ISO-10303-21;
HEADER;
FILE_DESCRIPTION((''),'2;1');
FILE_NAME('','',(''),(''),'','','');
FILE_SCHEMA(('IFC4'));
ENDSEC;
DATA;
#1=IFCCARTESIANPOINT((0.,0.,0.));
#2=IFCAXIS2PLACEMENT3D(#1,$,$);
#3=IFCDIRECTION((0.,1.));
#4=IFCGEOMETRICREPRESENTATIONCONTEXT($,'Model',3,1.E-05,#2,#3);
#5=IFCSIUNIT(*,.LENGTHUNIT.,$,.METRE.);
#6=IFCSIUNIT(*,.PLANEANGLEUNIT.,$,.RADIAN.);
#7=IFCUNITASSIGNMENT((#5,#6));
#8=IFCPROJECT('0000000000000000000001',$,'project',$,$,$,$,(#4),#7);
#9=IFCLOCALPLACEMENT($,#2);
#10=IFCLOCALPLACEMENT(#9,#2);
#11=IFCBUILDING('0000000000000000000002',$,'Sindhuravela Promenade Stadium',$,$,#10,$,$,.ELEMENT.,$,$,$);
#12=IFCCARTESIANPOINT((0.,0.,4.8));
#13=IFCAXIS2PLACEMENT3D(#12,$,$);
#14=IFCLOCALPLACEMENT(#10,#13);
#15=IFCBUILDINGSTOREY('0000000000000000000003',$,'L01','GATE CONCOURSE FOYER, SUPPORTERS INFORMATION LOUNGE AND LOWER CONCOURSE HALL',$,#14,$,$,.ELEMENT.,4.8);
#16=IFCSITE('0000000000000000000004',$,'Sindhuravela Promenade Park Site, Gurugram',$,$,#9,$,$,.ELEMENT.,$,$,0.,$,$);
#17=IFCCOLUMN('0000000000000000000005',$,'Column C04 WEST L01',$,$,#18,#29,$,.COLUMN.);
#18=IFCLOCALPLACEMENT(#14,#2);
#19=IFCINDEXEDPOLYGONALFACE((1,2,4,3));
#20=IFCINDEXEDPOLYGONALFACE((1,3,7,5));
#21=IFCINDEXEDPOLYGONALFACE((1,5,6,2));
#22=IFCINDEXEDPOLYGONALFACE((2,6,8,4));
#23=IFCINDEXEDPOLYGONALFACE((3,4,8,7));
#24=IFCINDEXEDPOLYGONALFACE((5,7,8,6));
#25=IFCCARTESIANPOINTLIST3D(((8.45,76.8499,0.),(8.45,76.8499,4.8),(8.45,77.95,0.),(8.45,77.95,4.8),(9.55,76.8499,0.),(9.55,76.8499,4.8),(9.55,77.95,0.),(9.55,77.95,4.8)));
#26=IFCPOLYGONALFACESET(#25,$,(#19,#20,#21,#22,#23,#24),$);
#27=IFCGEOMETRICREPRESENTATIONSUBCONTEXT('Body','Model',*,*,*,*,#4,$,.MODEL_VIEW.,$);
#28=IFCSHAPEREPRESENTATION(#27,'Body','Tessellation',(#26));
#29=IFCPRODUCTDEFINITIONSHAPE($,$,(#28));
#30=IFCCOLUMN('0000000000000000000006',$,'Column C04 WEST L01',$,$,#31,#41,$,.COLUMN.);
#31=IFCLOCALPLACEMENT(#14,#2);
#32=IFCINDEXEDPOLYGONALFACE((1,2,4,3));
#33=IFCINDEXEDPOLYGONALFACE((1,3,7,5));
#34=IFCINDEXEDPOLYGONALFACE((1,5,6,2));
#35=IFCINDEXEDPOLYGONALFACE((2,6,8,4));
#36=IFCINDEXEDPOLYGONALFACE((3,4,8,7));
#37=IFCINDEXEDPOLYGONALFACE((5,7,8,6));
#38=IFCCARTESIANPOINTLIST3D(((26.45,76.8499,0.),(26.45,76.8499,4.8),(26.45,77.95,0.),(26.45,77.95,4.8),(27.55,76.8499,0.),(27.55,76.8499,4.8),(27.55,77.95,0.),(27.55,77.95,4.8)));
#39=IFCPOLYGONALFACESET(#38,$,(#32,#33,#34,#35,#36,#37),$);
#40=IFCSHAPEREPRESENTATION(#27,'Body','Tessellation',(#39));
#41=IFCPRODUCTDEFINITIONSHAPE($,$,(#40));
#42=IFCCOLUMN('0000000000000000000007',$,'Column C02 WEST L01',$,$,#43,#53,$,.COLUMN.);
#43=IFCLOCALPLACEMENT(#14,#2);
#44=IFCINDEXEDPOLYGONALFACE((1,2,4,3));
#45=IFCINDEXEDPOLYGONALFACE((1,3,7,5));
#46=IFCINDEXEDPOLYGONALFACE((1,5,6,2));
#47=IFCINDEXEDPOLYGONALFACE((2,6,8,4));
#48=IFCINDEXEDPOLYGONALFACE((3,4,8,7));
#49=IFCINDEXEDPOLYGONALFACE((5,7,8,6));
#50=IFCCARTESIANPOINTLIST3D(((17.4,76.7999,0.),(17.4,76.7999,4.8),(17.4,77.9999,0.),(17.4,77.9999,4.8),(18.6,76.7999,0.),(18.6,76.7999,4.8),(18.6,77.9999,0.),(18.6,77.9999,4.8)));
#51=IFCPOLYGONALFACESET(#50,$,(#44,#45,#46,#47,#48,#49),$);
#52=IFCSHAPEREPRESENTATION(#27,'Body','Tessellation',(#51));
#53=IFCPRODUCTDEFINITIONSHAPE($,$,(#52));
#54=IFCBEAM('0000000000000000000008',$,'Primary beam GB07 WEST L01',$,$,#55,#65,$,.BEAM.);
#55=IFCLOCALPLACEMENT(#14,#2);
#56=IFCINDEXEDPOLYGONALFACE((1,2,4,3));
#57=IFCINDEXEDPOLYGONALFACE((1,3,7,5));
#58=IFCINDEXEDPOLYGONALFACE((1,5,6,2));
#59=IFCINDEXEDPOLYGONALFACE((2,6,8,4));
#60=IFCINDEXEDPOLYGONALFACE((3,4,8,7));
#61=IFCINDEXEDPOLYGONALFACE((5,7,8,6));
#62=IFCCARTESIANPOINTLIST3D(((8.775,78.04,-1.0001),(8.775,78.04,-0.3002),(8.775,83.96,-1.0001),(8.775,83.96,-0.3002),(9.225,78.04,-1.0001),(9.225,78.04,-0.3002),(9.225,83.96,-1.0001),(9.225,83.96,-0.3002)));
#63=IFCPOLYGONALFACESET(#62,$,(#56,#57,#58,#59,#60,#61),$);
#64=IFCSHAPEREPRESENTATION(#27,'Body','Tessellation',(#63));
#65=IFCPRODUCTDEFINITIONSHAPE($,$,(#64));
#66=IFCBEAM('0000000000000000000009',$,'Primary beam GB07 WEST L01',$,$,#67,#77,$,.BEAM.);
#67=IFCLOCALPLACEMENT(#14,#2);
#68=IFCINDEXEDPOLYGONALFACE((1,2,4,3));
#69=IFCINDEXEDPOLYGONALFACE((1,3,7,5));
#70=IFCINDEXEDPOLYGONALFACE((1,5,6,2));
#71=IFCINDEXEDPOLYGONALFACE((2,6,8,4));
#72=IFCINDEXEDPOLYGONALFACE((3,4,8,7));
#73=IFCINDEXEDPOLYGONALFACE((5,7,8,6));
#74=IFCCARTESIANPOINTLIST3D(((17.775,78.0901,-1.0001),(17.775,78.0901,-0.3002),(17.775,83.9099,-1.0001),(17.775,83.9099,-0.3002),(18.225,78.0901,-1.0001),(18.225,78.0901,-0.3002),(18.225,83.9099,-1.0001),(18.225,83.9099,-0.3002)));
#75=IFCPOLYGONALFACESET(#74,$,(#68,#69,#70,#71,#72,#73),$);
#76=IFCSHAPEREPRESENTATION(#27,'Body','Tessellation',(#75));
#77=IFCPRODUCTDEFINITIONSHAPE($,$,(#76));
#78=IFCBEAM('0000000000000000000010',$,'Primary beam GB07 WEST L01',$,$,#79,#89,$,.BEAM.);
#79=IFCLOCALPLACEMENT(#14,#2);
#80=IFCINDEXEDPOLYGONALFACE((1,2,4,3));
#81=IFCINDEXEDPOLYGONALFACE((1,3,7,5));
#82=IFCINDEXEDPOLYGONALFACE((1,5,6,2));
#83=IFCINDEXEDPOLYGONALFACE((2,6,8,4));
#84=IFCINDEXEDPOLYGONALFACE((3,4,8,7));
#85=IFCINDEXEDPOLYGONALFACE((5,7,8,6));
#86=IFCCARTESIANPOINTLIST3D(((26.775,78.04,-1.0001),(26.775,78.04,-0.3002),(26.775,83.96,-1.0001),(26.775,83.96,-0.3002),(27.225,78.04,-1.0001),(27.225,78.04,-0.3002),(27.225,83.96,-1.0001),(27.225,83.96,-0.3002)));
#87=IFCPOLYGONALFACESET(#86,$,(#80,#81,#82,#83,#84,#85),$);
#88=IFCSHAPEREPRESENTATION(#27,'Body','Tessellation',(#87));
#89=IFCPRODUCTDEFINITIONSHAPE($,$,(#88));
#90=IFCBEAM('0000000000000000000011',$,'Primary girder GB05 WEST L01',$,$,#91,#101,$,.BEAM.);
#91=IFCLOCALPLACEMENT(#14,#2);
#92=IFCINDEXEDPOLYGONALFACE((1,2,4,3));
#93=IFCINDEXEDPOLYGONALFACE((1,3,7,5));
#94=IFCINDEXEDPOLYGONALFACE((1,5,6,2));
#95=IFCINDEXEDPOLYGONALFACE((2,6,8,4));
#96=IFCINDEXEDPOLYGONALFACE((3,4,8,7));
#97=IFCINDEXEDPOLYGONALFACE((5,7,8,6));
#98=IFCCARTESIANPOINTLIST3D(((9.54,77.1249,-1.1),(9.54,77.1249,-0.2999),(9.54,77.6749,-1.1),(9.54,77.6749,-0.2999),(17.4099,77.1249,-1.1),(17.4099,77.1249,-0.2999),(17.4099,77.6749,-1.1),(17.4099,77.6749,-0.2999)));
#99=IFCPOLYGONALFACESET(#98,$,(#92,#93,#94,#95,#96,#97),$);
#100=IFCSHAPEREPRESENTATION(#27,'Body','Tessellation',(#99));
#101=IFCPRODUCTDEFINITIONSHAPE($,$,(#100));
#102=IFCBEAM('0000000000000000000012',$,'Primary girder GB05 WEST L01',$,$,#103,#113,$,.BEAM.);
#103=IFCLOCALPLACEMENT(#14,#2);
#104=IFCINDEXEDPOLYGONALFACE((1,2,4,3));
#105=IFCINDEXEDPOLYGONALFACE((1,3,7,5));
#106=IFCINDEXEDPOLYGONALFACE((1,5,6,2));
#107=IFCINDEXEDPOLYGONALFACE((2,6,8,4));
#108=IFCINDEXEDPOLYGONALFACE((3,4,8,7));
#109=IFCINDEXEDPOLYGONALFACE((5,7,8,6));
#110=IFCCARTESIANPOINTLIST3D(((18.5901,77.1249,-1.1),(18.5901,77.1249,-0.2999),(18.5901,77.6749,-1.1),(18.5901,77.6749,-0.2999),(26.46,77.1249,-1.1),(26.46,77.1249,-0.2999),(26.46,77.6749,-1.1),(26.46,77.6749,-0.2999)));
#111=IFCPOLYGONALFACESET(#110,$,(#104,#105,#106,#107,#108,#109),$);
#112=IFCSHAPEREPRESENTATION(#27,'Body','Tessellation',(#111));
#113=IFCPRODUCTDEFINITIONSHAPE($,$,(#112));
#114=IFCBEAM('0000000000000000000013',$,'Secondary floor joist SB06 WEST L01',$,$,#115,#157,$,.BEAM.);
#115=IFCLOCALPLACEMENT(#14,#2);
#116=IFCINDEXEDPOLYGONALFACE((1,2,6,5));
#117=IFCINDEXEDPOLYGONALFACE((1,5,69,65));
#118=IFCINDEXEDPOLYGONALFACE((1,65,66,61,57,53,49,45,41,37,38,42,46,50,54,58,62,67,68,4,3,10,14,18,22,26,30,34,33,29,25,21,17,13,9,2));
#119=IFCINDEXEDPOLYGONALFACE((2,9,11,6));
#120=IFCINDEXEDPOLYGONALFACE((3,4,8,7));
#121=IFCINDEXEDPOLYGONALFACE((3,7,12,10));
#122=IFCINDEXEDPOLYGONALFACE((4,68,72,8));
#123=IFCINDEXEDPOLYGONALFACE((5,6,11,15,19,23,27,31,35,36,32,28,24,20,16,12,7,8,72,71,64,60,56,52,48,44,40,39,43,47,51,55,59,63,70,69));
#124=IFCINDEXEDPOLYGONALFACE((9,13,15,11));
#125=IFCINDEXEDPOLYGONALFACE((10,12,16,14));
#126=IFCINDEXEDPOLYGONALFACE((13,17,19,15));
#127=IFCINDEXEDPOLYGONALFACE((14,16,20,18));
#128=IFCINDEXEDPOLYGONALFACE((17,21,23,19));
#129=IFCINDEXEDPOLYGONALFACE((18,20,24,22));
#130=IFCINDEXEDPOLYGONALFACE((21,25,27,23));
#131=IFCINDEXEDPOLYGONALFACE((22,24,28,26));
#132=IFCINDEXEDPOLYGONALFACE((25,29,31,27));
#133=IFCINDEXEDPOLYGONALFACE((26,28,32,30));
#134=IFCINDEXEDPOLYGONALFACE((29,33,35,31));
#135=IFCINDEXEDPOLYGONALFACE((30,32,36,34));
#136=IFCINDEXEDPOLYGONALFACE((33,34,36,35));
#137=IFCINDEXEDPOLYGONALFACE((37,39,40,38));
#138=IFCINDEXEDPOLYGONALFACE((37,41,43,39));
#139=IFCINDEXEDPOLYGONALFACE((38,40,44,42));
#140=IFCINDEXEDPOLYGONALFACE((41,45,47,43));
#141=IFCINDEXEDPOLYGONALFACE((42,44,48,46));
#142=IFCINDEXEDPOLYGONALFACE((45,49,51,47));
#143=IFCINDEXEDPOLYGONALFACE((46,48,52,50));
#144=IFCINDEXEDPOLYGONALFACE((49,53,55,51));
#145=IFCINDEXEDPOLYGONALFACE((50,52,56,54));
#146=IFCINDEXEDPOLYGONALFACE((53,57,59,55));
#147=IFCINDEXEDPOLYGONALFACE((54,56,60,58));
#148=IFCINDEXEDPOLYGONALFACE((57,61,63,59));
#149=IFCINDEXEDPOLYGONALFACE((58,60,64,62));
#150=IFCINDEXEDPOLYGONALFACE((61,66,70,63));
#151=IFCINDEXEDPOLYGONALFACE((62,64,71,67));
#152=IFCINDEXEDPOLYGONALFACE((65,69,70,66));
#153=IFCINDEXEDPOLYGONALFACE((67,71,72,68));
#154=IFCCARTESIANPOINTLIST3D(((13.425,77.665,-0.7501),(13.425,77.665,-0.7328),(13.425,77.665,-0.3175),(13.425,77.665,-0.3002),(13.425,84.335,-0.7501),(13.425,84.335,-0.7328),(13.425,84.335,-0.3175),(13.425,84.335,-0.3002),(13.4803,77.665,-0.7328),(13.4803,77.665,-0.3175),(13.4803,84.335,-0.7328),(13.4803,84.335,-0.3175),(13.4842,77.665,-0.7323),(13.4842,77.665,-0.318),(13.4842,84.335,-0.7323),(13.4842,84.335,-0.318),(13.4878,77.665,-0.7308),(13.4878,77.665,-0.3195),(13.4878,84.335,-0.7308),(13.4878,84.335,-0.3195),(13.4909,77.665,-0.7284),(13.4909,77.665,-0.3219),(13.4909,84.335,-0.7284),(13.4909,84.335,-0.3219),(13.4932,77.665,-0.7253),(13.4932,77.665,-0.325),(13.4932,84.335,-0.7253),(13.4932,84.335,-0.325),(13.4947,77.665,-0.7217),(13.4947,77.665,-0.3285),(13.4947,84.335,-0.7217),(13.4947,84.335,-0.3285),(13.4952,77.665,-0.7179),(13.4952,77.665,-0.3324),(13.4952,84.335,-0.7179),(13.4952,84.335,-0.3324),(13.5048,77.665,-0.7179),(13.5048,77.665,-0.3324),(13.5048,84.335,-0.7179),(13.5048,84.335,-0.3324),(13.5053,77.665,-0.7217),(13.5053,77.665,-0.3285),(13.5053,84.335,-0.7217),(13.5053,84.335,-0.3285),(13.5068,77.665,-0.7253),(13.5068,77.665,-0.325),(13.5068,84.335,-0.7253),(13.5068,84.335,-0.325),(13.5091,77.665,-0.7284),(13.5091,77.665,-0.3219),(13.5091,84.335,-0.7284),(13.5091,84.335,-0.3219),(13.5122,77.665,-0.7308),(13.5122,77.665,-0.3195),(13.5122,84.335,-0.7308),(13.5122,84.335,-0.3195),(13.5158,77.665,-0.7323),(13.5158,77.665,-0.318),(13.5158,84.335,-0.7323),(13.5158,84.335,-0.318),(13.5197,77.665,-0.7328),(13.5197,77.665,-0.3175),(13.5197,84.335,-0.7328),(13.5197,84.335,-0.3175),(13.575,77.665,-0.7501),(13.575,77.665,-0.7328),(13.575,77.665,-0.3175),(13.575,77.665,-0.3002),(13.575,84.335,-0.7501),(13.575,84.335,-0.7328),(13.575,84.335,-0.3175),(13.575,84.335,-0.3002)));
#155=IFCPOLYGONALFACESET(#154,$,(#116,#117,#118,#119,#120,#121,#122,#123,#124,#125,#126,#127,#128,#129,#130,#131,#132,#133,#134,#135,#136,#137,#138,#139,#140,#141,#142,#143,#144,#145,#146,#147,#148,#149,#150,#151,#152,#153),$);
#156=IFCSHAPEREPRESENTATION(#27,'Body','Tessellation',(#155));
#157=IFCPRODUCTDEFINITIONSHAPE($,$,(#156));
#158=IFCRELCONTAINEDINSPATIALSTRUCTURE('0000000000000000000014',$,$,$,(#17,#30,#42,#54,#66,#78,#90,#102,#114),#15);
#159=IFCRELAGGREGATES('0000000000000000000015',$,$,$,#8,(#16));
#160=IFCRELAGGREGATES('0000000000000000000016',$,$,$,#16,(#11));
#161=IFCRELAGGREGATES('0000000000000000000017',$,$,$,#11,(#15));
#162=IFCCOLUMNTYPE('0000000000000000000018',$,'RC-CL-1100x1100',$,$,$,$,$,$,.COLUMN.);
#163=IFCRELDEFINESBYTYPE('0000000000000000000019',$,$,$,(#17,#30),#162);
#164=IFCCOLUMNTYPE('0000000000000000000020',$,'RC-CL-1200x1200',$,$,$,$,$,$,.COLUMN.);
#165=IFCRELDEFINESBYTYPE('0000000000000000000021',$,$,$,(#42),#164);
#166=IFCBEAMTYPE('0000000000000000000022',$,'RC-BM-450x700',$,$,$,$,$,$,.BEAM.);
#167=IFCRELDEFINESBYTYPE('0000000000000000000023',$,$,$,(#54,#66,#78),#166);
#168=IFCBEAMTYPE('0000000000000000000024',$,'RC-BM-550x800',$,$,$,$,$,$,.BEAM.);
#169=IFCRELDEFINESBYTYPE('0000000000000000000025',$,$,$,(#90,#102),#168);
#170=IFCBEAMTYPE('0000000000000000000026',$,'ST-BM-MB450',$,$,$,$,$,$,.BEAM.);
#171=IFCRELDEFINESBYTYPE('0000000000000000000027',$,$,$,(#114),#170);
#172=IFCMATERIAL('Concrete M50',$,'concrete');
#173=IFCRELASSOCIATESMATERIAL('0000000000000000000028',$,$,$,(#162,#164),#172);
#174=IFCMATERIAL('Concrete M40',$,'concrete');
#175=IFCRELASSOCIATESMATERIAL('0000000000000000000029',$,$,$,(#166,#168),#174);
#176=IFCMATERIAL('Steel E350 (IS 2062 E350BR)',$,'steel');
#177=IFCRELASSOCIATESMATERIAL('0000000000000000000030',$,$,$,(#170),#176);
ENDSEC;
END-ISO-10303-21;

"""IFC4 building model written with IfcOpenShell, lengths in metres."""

from ifc_helpers import new_model, si_unit, direction, frame, origin, origin_2d, place, context, subcontext, project, spatial, rectangle, i_section, extrude, material, material_profile, profile_set, type_object, element, save


model = new_model("IFC4")

# Units and contexts
model_context = context("Model", 3, precision=1e-05, world=origin(), true_north=direction((0.0, 1.0)))
body_context = subcontext(model_context, "Body", "Model", "MODEL_VIEW")
ifc_project = project(units=[si_unit("LENGTHUNIT", "METRE"), si_unit("PLANEANGLEUNIT", "RADIAN")], contexts=[model_context])

# Site, building, storey
site_placement = place(None, origin())
site = spatial("IfcSite", under=ifc_project, at=site_placement, Name="Sindhuravela Promenade Park Site, Gurugram", CompositionType="ELEMENT", RefElevation=0.0)
building_placement = place(site_placement, origin())
building = spatial("IfcBuilding", under=site, at=building_placement, Name="Sindhuravela Promenade Stadium", CompositionType="ELEMENT")
storey_placement = place(building_placement, frame((0.0, 0.0, 4.8)))
storey = spatial("IfcBuildingStorey", under=building, at=storey_placement, Name="L01", Description="GATE CONCOURSE FOYER, SUPPORTERS INFORMATION LOUNGE AND LOWER CONCOURSE HALL", CompositionType="ELEMENT", Elevation=4.8)

# Columns
ifc_material_1 = material(Name="Concrete M50", Category="concrete")
ifc_material_profile_1 = material_profile(ifc_material_1, rectangle(XDim=1.1001, YDim=1.1001, at=origin_2d()), Name="RC 1100x1100")
ifc_profile_set_1 = profile_set([ifc_material_profile_1], Name="Concrete M50")
column_type_1 = type_object("IfcColumnType", Name="RC-CL-1100x1100", PredefinedType="COLUMN", material=ifc_profile_set_1)
for number, where, z_axis, x_axis, name in (
    (1, (9.0, 77.3999, 0.0), (0.0, 0.0, 1.0), (1.0, 0.0, 0.0), "Column C04 WEST L01"),
    (2, (27.0, 77.3999, 0.0), (0.0, 0.0, 1.0), (1.0, 0.0, 0.0), "Column C04 WEST L01"),
):
    element("IfcColumn", number, at=place(storey_placement, frame(where, z_axis=z_axis, x_axis=x_axis)), inside=storey, type_object=column_type_1, Name=name, PredefinedType="COLUMN", context=body_context, shape_type="SweptSolid", body=[
        extrude(rectangle(XDim=1.1001, YDim=1.1001, at=origin_2d()), origin(), (0.0, 0.0, 1.0), 4.8),
    ])
ifc_material_profile_2 = material_profile(ifc_material_1, rectangle(XDim=1.2, YDim=1.2, at=origin_2d()), Name="RC 1200x1200")
ifc_profile_set_2 = profile_set([ifc_material_profile_2], Name="Concrete M50")
column_type_2 = type_object("IfcColumnType", Name="RC-CL-1200x1200", PredefinedType="COLUMN", material=ifc_profile_set_2)
column_placement = place(storey_placement, frame((18.0, 77.3999, 0.0), z_axis=(0.0, 0.0, 1.0), x_axis=(1.0, 0.0, 0.0)))
element("IfcColumn", 3, at=column_placement, inside=storey, type_object=column_type_2, Name="Column C02 WEST L01", PredefinedType="COLUMN", context=body_context, shape_type="SweptSolid", body=[
    extrude(rectangle(XDim=1.2, YDim=1.2, at=origin_2d()), origin(), (0.0, 0.0, 1.0), 4.8),
])

# Beams
ifc_material_2 = material(Name="Concrete M40", Category="concrete")
ifc_material_profile_3 = material_profile(ifc_material_2, rectangle(XDim=0.45, YDim=0.7, at=origin_2d()), Name="RC 450x700")
ifc_profile_set_3 = profile_set([ifc_material_profile_3], Name="Concrete M40")
beam_type_1 = type_object("IfcBeamType", Name="RC-BM-450x700", PredefinedType="BEAM", material=ifc_profile_set_3)
beam_1_placement = place(storey_placement, frame((9.0, 78.04, -0.6501), z_axis=(0.0, 1.0, 0.0), x_axis=(-1.0, 0.0, 0.0)))
element("IfcBeam", 4, at=beam_1_placement, inside=storey, type_object=beam_type_1, Name="Primary beam GB07 WEST L01", PredefinedType="BEAM", context=body_context, shape_type="SweptSolid", body=[
    extrude(rectangle(XDim=0.45, YDim=0.7, at=origin_2d()), origin(), (0.0, 0.0, 1.0), 5.9199),
])
beam_2_placement = place(storey_placement, frame((18.0, 78.0901, -0.6501), z_axis=(0.0, 1.0, 0.0), x_axis=(-1.0, 0.0, 0.0)))
element("IfcBeam", 5, at=beam_2_placement, inside=storey, type_object=beam_type_1, Name="Primary beam GB07 WEST L01", PredefinedType="BEAM", context=body_context, shape_type="SweptSolid", body=[
    extrude(rectangle(XDim=0.45, YDim=0.7, at=origin_2d()), origin(), (0.0, 0.0, 1.0), 5.8198),
])
beam_3_placement = place(storey_placement, frame((27.0, 78.04, -0.6501), z_axis=(0.0, 1.0, 0.0), x_axis=(-1.0, 0.0, 0.0)))
element("IfcBeam", 6, at=beam_3_placement, inside=storey, type_object=beam_type_1, Name="Primary beam GB07 WEST L01", PredefinedType="BEAM", context=body_context, shape_type="SweptSolid", body=[
    extrude(rectangle(XDim=0.45, YDim=0.7, at=origin_2d()), origin(), (0.0, 0.0, 1.0), 5.9199),
])
ifc_material_profile_4 = material_profile(ifc_material_2, rectangle(XDim=0.55, YDim=0.8, at=origin_2d()), Name="RC 550x800")
ifc_profile_set_4 = profile_set([ifc_material_profile_4], Name="Concrete M40")
beam_type_2 = type_object("IfcBeamType", Name="RC-BM-550x800", PredefinedType="BEAM", material=ifc_profile_set_4)
for number, where, z_axis, x_axis, name in (
    (7, (9.54, 77.3999, -0.7), (1.0, 0.0, 0.0), (0.0, 1.0, 0.0), "Primary girder GB05 WEST L01"),
    (8, (18.5901, 77.3999, -0.7), (1.0, 0.0, 0.0), (0.0, 1.0, 0.0), "Primary girder GB05 WEST L01"),
):
    element("IfcBeam", number, at=place(storey_placement, frame(where, z_axis=z_axis, x_axis=x_axis)), inside=storey, type_object=beam_type_2, Name=name, PredefinedType="BEAM", context=body_context, shape_type="SweptSolid", body=[
        extrude(rectangle(XDim=0.55, YDim=0.8, at=origin_2d()), origin(), (0.0, 0.0, 1.0), 7.8699),
    ])
ifc_material_3 = material(Name="Steel E350 (IS 2062 E350BR)", Category="steel")
ifc_material_profile_5 = material_profile(ifc_material_3, i_section(OverallWidth=0.1499, OverallDepth=0.45, WebThickness=0.0095, FlangeThickness=0.0173, FilletRadius=0.0149, at=origin_2d()), Name="ISMB 450")
ifc_profile_set_5 = profile_set([ifc_material_profile_5], Name="Steel E350 (IS 2062 E350BR)")
beam_type_3 = type_object("IfcBeamType", Name="ST-BM-MB450", PredefinedType="BEAM", material=ifc_profile_set_5)
beam_4_placement = place(storey_placement, frame((13.5, 77.665, -0.5251), z_axis=(0.0, 1.0, 0.0), x_axis=(-1.0, 0.0, 0.0)))
element("IfcBeam", 9, at=beam_4_placement, inside=storey, type_object=beam_type_3, Name="Secondary floor joist SB06 WEST L01", PredefinedType="BEAM", context=body_context, shape_type="SweptSolid", body=[
    extrude(i_section(OverallWidth=0.1499, OverallDepth=0.45, WebThickness=0.0095, FlangeThickness=0.0173, FilletRadius=0.0149, at=origin_2d()), origin(), (0.0, 0.0, 1.0), 6.6699),
])

save(model, "model.ifc")
